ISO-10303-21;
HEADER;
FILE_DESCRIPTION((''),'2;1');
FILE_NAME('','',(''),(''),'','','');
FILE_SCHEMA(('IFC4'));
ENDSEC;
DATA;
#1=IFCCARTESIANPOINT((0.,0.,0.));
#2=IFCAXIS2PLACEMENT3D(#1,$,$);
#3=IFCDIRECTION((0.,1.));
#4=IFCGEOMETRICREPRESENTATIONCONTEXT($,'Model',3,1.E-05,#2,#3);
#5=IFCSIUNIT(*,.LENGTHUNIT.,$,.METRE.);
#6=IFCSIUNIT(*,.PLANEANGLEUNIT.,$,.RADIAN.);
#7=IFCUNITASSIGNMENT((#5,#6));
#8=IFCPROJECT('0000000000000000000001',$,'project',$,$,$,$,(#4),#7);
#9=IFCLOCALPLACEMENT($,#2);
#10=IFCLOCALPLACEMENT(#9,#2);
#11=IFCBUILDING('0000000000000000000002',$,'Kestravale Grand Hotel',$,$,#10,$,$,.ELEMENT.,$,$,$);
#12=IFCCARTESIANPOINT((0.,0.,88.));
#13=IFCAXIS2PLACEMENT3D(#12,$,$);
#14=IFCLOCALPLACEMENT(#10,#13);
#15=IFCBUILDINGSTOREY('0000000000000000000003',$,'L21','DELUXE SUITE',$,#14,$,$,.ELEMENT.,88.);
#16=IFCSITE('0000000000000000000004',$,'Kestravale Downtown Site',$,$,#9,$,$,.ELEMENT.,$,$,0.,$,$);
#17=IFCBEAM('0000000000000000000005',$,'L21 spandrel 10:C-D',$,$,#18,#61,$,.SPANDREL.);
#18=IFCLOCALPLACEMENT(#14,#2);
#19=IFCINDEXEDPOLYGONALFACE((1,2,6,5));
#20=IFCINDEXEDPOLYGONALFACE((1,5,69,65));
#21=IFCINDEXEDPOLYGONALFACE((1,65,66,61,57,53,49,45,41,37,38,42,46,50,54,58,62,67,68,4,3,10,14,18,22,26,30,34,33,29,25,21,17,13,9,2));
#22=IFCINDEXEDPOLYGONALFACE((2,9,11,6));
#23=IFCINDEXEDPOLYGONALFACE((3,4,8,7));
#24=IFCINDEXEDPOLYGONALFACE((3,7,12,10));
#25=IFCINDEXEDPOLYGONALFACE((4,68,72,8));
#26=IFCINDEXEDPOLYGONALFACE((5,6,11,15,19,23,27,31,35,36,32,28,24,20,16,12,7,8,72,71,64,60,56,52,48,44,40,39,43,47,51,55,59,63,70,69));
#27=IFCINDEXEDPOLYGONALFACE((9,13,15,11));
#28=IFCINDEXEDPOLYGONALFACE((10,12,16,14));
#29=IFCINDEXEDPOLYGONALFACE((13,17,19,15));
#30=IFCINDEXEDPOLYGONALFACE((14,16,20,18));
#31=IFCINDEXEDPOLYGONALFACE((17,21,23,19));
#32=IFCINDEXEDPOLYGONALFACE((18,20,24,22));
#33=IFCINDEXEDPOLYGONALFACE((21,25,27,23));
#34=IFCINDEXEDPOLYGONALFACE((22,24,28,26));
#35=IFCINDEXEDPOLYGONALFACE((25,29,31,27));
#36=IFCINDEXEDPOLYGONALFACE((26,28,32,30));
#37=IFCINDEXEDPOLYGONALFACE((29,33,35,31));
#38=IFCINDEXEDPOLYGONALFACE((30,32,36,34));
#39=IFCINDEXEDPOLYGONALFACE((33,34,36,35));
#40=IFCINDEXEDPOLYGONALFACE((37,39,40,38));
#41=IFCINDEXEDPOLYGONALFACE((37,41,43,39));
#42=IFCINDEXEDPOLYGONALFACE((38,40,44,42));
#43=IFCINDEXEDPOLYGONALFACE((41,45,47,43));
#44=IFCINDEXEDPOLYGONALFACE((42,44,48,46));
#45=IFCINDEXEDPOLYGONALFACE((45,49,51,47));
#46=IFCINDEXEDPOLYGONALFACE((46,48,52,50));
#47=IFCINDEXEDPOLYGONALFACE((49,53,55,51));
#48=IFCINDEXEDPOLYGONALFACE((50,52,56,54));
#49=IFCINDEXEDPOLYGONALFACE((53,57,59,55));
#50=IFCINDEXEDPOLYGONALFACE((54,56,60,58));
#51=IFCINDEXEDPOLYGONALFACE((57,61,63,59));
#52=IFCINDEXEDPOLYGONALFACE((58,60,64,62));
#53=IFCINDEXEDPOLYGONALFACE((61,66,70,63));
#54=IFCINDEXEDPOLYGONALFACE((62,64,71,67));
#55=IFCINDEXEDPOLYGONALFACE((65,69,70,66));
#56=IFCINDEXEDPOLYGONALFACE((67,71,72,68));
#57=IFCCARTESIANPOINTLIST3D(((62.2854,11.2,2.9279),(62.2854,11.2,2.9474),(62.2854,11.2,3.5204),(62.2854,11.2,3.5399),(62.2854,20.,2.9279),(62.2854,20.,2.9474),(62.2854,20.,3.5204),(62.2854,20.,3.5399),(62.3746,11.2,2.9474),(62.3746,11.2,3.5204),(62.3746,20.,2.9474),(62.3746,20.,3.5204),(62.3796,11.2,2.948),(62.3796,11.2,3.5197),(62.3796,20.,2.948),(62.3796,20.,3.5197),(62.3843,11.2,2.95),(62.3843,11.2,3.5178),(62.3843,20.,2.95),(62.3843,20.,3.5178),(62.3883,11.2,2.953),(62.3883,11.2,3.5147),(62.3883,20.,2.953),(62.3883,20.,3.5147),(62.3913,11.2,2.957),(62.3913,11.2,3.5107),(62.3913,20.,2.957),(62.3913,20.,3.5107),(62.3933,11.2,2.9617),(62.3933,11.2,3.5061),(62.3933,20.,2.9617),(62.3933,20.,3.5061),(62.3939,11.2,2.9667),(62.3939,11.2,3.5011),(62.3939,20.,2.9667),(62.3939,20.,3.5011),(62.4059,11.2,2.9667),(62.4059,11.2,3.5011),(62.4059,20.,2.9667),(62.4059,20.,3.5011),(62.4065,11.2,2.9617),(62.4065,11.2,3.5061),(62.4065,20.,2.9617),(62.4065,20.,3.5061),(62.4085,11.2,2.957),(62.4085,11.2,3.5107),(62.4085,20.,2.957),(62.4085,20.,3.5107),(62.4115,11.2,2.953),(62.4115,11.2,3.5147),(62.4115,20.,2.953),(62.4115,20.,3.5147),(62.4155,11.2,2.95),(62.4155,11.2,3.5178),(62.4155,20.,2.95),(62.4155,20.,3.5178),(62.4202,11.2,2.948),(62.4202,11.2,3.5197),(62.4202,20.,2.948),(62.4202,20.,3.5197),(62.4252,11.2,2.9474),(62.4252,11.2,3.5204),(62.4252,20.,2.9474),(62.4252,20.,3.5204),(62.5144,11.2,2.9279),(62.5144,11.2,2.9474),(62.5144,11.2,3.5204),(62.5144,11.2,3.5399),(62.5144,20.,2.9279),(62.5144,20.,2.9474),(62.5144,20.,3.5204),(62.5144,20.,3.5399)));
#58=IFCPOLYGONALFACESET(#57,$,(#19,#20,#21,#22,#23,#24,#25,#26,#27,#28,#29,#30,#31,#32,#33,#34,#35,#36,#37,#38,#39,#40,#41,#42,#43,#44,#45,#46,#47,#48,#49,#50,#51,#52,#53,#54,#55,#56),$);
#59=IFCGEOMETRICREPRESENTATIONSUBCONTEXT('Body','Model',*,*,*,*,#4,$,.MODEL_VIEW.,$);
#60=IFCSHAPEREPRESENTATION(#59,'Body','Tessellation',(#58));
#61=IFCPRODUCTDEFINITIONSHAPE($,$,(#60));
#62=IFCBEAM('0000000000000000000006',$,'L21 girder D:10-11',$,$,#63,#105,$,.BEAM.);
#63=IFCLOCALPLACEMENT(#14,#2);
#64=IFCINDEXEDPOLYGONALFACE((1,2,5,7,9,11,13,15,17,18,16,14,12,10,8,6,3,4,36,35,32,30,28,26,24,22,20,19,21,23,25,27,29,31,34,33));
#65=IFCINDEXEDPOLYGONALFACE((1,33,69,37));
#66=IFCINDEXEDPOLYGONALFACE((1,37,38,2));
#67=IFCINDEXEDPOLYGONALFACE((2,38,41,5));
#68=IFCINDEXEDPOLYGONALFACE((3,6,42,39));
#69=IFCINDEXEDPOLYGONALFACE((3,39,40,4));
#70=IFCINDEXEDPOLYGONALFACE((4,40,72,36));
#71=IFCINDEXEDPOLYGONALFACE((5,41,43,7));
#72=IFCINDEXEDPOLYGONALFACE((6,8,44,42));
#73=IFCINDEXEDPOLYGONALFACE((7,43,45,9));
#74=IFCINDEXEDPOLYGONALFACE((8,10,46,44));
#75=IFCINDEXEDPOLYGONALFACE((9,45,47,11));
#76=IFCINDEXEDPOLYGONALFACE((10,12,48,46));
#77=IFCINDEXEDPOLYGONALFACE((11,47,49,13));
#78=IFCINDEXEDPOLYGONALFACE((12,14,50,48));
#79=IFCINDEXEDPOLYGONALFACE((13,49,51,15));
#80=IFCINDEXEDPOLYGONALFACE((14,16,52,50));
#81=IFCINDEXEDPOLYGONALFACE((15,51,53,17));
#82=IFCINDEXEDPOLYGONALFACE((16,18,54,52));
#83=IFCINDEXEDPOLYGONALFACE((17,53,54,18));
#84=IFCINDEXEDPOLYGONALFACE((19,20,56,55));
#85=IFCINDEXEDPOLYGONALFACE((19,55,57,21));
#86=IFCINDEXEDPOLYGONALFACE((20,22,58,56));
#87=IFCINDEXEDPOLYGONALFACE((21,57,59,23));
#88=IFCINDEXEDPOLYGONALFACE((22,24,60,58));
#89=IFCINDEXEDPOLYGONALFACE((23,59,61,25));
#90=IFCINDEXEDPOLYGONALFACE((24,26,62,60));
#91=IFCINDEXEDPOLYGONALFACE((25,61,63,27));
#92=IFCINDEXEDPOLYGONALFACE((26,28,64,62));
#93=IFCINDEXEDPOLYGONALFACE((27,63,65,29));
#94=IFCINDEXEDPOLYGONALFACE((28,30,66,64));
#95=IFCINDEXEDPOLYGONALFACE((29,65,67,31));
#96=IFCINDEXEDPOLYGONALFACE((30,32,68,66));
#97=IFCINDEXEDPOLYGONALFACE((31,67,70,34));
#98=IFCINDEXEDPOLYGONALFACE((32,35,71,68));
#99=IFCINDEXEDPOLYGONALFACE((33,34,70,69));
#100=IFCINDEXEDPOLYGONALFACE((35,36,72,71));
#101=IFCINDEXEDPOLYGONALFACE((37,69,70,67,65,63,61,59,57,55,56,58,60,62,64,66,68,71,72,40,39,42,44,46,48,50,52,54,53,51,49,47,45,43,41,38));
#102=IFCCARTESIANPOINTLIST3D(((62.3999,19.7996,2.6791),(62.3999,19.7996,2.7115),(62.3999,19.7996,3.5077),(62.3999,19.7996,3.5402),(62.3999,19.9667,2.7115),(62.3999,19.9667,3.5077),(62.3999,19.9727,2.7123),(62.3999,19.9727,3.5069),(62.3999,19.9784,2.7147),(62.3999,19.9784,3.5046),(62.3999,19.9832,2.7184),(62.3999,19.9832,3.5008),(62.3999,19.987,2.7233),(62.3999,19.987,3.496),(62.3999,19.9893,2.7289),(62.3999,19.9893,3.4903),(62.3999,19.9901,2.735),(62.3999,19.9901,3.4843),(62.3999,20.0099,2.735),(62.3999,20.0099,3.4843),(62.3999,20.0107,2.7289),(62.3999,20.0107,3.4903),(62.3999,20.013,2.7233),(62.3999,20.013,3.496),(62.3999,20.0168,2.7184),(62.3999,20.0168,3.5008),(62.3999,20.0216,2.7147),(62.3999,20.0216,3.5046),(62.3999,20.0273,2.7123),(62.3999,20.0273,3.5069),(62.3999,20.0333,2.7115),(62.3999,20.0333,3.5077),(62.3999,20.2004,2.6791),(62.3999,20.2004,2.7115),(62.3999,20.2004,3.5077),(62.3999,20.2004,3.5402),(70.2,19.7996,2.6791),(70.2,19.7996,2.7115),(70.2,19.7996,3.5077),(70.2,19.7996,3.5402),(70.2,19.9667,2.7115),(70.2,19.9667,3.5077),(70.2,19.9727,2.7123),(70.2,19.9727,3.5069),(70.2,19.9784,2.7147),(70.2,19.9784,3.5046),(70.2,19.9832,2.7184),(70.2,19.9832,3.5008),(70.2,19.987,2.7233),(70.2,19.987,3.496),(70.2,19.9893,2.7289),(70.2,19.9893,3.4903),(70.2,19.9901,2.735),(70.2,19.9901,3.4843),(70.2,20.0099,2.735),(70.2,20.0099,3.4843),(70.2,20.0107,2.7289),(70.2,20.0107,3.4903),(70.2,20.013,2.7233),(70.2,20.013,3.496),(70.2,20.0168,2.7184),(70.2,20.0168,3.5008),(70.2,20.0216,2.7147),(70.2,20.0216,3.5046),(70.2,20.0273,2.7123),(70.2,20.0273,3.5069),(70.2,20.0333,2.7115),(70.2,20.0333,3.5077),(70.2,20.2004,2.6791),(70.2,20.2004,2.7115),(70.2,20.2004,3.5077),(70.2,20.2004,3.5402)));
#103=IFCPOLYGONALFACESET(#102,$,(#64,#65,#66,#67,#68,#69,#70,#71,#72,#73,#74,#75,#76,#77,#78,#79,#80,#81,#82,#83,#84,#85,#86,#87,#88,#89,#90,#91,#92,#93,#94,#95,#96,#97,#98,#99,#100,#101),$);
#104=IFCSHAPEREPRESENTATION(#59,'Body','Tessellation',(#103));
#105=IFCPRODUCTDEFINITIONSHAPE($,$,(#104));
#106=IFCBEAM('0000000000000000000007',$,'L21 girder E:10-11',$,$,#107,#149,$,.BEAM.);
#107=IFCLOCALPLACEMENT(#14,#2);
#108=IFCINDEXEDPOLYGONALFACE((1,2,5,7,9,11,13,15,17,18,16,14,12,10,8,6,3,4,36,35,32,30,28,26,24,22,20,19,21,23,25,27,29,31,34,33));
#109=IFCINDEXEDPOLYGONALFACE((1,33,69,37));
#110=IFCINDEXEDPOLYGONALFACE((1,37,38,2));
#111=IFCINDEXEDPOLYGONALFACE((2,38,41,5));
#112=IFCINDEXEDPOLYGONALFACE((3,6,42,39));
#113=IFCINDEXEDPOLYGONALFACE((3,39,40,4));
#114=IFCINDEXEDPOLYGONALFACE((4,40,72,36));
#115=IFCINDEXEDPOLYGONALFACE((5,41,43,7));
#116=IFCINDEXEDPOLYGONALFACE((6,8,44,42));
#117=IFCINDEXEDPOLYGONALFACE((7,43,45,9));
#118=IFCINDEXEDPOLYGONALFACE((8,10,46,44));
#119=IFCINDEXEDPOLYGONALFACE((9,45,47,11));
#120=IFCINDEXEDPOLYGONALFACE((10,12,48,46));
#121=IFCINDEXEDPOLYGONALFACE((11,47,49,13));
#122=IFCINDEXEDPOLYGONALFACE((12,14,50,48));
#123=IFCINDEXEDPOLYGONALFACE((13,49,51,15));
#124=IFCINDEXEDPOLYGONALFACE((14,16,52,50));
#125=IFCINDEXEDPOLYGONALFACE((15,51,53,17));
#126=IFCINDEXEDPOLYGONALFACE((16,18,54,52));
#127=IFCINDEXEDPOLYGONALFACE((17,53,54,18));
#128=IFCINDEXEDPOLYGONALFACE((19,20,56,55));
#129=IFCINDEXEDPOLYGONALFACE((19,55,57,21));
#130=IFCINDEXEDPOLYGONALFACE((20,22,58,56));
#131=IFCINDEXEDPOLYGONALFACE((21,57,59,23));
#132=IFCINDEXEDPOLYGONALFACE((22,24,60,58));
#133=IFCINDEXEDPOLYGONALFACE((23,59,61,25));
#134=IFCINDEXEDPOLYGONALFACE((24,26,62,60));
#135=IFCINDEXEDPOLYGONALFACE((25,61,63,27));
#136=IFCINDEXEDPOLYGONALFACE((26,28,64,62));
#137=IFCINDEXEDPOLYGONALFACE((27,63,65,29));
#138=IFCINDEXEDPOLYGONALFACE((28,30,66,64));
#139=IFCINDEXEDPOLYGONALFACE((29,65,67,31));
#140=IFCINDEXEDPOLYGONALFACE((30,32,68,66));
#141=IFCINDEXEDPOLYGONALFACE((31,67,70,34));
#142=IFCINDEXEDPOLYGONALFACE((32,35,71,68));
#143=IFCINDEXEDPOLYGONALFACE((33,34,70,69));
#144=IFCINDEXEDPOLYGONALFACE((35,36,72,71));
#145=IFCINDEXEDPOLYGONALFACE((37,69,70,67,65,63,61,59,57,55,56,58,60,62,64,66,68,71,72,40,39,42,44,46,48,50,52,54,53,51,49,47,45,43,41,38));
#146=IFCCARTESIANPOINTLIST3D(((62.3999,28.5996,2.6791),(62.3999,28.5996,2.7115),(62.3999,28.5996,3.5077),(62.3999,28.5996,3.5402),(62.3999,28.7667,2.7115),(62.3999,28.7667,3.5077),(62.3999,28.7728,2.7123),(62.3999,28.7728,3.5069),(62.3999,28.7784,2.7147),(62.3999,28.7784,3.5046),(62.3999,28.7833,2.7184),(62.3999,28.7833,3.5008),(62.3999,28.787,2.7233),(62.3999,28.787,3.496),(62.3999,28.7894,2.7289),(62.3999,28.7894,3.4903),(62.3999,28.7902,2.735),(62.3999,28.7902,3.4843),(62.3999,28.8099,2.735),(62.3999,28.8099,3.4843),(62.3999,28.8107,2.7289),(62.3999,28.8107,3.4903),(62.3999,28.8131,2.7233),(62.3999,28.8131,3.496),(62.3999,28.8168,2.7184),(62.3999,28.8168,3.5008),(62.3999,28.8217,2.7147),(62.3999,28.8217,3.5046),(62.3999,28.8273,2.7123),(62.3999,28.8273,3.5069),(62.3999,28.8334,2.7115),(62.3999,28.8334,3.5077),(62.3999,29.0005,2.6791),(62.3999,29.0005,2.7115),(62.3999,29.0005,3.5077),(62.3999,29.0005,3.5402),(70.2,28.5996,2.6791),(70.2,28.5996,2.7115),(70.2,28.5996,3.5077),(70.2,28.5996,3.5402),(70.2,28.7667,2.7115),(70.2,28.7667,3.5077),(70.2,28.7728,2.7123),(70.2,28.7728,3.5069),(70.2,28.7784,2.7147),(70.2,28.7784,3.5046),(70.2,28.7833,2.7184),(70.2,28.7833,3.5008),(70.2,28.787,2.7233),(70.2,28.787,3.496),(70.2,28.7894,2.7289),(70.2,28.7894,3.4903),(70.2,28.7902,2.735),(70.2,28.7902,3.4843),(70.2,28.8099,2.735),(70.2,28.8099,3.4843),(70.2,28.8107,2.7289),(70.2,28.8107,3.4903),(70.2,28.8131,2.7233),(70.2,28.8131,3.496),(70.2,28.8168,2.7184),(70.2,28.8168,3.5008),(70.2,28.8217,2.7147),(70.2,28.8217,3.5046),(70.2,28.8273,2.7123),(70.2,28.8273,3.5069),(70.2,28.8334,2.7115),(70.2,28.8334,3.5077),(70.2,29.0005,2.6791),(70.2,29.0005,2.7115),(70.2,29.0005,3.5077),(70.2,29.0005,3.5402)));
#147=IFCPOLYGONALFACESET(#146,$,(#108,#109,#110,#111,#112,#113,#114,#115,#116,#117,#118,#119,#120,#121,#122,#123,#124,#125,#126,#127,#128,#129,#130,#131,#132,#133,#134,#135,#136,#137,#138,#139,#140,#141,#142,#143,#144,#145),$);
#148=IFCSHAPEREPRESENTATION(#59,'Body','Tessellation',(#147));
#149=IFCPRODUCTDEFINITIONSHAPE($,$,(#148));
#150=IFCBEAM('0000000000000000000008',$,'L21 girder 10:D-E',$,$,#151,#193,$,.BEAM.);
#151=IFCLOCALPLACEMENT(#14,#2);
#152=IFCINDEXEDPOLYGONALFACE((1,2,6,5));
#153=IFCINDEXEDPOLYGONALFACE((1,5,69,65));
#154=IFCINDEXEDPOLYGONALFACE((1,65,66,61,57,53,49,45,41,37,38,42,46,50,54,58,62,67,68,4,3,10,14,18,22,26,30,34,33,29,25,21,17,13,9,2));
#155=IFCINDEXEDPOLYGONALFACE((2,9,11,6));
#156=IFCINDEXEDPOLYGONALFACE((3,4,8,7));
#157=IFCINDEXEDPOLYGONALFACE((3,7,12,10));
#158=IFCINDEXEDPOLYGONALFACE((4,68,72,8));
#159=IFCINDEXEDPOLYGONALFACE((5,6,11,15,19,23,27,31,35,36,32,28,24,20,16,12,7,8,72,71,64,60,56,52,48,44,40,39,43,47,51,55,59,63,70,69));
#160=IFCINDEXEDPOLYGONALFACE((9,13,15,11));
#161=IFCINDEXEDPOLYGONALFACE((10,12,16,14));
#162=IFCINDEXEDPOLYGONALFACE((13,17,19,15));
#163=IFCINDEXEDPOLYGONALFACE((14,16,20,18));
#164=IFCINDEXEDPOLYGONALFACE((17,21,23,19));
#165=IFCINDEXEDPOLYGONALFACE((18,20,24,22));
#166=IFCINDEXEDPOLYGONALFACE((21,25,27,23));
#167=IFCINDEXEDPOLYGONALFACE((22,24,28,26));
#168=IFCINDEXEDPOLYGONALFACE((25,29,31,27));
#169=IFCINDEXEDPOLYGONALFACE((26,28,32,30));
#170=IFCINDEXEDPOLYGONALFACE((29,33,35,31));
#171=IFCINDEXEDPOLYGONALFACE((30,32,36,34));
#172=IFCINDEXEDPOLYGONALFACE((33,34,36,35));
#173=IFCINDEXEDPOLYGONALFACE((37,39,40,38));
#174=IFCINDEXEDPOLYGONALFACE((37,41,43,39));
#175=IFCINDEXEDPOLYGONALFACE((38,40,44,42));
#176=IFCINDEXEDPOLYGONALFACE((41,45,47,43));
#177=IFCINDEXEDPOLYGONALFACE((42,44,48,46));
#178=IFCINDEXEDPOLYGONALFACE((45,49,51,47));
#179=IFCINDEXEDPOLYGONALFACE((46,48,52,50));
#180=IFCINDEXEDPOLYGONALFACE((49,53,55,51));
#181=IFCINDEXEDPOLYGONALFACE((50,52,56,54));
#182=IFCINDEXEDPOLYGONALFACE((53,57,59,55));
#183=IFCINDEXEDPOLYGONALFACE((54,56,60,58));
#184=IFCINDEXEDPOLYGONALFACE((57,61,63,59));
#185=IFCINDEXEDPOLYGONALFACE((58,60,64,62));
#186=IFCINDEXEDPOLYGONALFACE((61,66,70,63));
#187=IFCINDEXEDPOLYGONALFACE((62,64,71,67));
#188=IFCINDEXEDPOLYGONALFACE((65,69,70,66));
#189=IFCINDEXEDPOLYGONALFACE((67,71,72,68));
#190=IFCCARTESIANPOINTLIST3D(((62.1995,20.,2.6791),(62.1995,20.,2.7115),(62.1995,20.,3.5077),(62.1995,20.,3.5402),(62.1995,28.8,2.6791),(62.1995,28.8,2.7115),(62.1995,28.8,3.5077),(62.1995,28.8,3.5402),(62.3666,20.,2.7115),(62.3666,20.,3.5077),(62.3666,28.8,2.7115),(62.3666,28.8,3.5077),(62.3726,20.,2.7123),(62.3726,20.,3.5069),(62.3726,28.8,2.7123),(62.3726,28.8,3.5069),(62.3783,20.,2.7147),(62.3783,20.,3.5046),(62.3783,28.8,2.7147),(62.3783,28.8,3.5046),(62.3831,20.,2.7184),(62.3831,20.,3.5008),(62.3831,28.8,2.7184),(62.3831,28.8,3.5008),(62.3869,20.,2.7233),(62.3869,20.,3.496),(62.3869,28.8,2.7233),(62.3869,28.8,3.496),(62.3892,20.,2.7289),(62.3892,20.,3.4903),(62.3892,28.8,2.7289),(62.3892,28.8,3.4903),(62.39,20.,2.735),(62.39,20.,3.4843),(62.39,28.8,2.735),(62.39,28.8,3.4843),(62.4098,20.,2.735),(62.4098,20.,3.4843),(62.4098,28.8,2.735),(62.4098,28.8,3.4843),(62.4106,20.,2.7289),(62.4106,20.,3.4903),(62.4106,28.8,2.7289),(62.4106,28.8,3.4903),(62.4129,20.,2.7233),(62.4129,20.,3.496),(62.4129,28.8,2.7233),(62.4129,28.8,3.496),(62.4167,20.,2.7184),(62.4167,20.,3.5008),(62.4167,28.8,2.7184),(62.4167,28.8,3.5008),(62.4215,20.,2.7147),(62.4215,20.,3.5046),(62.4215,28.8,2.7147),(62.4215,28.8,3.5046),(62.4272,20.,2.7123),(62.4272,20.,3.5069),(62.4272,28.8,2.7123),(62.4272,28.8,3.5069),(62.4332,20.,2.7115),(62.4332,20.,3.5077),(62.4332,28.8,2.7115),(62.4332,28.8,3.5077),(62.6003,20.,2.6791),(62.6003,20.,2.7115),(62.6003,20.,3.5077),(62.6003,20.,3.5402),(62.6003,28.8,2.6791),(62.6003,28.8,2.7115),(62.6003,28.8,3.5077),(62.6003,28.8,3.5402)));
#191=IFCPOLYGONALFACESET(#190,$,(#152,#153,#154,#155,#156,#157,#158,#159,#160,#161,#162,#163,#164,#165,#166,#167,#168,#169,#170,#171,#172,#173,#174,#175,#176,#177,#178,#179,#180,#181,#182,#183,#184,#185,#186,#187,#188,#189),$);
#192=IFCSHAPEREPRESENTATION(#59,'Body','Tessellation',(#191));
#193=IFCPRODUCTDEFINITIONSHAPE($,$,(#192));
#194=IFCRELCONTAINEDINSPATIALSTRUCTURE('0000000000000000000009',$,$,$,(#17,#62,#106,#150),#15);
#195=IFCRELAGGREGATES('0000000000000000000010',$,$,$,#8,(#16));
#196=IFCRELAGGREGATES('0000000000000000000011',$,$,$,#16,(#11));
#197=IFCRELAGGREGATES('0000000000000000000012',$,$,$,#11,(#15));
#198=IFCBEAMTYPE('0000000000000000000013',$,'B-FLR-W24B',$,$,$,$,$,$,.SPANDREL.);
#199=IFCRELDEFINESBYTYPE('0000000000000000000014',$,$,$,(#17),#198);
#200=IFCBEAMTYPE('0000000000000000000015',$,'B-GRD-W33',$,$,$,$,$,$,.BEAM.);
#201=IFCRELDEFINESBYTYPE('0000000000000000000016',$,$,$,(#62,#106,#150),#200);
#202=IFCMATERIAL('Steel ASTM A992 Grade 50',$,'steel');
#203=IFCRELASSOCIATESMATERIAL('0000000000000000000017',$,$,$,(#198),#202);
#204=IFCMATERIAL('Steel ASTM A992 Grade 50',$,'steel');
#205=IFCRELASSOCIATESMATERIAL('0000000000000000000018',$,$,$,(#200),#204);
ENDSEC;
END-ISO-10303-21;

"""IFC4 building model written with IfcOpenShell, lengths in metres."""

from ifc_helpers import new_model, si_unit, direction, frame, origin, origin_2d, place, context, subcontext, project, spatial, i_section, extrude, material, material_profile, profile_set, type_object, element, save


model = new_model("IFC4")

# Units and contexts
model_context = context("Model", 3, precision=1e-05, world=origin(), true_north=direction((0.0, 1.0)))
body_context = subcontext(model_context, "Body", "Model", "MODEL_VIEW")
ifc_project = project(units=[si_unit("LENGTHUNIT", "METRE"), si_unit("PLANEANGLEUNIT", "RADIAN")], contexts=[model_context])

# Site, building, storey
site_placement = place(None, origin())
site = spatial("IfcSite", under=ifc_project, at=site_placement, Name="Kestravale Downtown Site", CompositionType="ELEMENT", RefElevation=0.0)
building_placement = place(site_placement, origin())
building = spatial("IfcBuilding", under=site, at=building_placement, Name="Kestravale Grand Hotel", CompositionType="ELEMENT")
storey_placement = place(building_placement, frame((0.0, 0.0, 88.0)))
storey = spatial("IfcBuildingStorey", under=building, at=storey_placement, Name="L21", Description="DELUXE SUITE", CompositionType="ELEMENT", Elevation=88.0)

# Beams
ifc_material_1 = material(Name="Steel ASTM A992 Grade 50", Category="steel")
ifc_material_profile_1 = material_profile(ifc_material_1, i_section(OverallWidth=0.229, OverallDepth=0.6121, WebThickness=0.012, FlangeThickness=0.0195, FilletRadius=0.0193, at=origin_2d()))
ifc_profile_set_1 = profile_set([ifc_material_profile_1], Name="Steel ASTM A992 Grade 50")
beam_type_1 = type_object("IfcBeamType", Name="B-FLR-W24B", PredefinedType="SPANDREL", material=ifc_profile_set_1)
beam_1_placement = place(storey_placement, frame((62.3999, 11.2, 3.2339), z_axis=(0.0, 1.0, 0.0), x_axis=(-1.0, 0.0, 0.0)))
element("IfcBeam", 1, at=beam_1_placement, inside=storey, type_object=beam_type_1, Name="L21 spandrel 10:C-D", PredefinedType="SPANDREL", context=body_context, shape_type="SweptSolid", body=[
    extrude(i_section(OverallWidth=0.229, OverallDepth=0.6121, WebThickness=0.012, FlangeThickness=0.0195, FilletRadius=0.0193, at=origin_2d()), origin(), (0.0, 0.0, 1.0), 8.8),
])
ifc_material_2 = material(Name="Steel ASTM A992 Grade 50", Category="steel")
ifc_material_profile_2 = material_profile(ifc_material_2, i_section(OverallWidth=0.4009, OverallDepth=0.8611, WebThickness=0.0198, FlangeThickness=0.0325, FilletRadius=0.0234, at=origin_2d()))
ifc_profile_set_2 = profile_set([ifc_material_profile_2], Name="Steel ASTM A992 Grade 50")
beam_type_2 = type_object("IfcBeamType", Name="B-GRD-W33", PredefinedType="BEAM", material=ifc_profile_set_2)
for number, where, z_axis, x_axis, name in (
    (2, (62.3999, 20.0, 3.1096), (1.0, 0.0, 0.0), (0.0, 1.0, 0.0), "L21 girder D:10-11"),
    (3, (62.3999, 28.8, 3.1096), (1.0, 0.0, 0.0), (0.0, 1.0, 0.0), "L21 girder E:10-11"),
):
    element("IfcBeam", number, at=place(storey_placement, frame(where, z_axis=z_axis, x_axis=x_axis)), inside=storey, type_object=beam_type_2, Name=name, PredefinedType="BEAM", context=body_context, shape_type="SweptSolid", body=[
        extrude(i_section(OverallWidth=0.4009, OverallDepth=0.8611, WebThickness=0.0198, FlangeThickness=0.0325, FilletRadius=0.0234, at=origin_2d()), origin(), (0.0, 0.0, 1.0), 7.8),
    ])
beam_2_placement = place(storey_placement, frame((62.3999, 20.0, 3.1096), z_axis=(0.0, 1.0, 0.0), x_axis=(-1.0, 0.0, 0.0)))
element("IfcBeam", 4, at=beam_2_placement, inside=storey, type_object=beam_type_2, Name="L21 girder 10:D-E", PredefinedType="BEAM", context=body_context, shape_type="SweptSolid", body=[
    extrude(i_section(OverallWidth=0.4009, OverallDepth=0.8611, WebThickness=0.0198, FlangeThickness=0.0325, FilletRadius=0.0234, at=origin_2d()), origin(), (0.0, 0.0, 1.0), 8.8),
])

save(model, "model.ifc")
